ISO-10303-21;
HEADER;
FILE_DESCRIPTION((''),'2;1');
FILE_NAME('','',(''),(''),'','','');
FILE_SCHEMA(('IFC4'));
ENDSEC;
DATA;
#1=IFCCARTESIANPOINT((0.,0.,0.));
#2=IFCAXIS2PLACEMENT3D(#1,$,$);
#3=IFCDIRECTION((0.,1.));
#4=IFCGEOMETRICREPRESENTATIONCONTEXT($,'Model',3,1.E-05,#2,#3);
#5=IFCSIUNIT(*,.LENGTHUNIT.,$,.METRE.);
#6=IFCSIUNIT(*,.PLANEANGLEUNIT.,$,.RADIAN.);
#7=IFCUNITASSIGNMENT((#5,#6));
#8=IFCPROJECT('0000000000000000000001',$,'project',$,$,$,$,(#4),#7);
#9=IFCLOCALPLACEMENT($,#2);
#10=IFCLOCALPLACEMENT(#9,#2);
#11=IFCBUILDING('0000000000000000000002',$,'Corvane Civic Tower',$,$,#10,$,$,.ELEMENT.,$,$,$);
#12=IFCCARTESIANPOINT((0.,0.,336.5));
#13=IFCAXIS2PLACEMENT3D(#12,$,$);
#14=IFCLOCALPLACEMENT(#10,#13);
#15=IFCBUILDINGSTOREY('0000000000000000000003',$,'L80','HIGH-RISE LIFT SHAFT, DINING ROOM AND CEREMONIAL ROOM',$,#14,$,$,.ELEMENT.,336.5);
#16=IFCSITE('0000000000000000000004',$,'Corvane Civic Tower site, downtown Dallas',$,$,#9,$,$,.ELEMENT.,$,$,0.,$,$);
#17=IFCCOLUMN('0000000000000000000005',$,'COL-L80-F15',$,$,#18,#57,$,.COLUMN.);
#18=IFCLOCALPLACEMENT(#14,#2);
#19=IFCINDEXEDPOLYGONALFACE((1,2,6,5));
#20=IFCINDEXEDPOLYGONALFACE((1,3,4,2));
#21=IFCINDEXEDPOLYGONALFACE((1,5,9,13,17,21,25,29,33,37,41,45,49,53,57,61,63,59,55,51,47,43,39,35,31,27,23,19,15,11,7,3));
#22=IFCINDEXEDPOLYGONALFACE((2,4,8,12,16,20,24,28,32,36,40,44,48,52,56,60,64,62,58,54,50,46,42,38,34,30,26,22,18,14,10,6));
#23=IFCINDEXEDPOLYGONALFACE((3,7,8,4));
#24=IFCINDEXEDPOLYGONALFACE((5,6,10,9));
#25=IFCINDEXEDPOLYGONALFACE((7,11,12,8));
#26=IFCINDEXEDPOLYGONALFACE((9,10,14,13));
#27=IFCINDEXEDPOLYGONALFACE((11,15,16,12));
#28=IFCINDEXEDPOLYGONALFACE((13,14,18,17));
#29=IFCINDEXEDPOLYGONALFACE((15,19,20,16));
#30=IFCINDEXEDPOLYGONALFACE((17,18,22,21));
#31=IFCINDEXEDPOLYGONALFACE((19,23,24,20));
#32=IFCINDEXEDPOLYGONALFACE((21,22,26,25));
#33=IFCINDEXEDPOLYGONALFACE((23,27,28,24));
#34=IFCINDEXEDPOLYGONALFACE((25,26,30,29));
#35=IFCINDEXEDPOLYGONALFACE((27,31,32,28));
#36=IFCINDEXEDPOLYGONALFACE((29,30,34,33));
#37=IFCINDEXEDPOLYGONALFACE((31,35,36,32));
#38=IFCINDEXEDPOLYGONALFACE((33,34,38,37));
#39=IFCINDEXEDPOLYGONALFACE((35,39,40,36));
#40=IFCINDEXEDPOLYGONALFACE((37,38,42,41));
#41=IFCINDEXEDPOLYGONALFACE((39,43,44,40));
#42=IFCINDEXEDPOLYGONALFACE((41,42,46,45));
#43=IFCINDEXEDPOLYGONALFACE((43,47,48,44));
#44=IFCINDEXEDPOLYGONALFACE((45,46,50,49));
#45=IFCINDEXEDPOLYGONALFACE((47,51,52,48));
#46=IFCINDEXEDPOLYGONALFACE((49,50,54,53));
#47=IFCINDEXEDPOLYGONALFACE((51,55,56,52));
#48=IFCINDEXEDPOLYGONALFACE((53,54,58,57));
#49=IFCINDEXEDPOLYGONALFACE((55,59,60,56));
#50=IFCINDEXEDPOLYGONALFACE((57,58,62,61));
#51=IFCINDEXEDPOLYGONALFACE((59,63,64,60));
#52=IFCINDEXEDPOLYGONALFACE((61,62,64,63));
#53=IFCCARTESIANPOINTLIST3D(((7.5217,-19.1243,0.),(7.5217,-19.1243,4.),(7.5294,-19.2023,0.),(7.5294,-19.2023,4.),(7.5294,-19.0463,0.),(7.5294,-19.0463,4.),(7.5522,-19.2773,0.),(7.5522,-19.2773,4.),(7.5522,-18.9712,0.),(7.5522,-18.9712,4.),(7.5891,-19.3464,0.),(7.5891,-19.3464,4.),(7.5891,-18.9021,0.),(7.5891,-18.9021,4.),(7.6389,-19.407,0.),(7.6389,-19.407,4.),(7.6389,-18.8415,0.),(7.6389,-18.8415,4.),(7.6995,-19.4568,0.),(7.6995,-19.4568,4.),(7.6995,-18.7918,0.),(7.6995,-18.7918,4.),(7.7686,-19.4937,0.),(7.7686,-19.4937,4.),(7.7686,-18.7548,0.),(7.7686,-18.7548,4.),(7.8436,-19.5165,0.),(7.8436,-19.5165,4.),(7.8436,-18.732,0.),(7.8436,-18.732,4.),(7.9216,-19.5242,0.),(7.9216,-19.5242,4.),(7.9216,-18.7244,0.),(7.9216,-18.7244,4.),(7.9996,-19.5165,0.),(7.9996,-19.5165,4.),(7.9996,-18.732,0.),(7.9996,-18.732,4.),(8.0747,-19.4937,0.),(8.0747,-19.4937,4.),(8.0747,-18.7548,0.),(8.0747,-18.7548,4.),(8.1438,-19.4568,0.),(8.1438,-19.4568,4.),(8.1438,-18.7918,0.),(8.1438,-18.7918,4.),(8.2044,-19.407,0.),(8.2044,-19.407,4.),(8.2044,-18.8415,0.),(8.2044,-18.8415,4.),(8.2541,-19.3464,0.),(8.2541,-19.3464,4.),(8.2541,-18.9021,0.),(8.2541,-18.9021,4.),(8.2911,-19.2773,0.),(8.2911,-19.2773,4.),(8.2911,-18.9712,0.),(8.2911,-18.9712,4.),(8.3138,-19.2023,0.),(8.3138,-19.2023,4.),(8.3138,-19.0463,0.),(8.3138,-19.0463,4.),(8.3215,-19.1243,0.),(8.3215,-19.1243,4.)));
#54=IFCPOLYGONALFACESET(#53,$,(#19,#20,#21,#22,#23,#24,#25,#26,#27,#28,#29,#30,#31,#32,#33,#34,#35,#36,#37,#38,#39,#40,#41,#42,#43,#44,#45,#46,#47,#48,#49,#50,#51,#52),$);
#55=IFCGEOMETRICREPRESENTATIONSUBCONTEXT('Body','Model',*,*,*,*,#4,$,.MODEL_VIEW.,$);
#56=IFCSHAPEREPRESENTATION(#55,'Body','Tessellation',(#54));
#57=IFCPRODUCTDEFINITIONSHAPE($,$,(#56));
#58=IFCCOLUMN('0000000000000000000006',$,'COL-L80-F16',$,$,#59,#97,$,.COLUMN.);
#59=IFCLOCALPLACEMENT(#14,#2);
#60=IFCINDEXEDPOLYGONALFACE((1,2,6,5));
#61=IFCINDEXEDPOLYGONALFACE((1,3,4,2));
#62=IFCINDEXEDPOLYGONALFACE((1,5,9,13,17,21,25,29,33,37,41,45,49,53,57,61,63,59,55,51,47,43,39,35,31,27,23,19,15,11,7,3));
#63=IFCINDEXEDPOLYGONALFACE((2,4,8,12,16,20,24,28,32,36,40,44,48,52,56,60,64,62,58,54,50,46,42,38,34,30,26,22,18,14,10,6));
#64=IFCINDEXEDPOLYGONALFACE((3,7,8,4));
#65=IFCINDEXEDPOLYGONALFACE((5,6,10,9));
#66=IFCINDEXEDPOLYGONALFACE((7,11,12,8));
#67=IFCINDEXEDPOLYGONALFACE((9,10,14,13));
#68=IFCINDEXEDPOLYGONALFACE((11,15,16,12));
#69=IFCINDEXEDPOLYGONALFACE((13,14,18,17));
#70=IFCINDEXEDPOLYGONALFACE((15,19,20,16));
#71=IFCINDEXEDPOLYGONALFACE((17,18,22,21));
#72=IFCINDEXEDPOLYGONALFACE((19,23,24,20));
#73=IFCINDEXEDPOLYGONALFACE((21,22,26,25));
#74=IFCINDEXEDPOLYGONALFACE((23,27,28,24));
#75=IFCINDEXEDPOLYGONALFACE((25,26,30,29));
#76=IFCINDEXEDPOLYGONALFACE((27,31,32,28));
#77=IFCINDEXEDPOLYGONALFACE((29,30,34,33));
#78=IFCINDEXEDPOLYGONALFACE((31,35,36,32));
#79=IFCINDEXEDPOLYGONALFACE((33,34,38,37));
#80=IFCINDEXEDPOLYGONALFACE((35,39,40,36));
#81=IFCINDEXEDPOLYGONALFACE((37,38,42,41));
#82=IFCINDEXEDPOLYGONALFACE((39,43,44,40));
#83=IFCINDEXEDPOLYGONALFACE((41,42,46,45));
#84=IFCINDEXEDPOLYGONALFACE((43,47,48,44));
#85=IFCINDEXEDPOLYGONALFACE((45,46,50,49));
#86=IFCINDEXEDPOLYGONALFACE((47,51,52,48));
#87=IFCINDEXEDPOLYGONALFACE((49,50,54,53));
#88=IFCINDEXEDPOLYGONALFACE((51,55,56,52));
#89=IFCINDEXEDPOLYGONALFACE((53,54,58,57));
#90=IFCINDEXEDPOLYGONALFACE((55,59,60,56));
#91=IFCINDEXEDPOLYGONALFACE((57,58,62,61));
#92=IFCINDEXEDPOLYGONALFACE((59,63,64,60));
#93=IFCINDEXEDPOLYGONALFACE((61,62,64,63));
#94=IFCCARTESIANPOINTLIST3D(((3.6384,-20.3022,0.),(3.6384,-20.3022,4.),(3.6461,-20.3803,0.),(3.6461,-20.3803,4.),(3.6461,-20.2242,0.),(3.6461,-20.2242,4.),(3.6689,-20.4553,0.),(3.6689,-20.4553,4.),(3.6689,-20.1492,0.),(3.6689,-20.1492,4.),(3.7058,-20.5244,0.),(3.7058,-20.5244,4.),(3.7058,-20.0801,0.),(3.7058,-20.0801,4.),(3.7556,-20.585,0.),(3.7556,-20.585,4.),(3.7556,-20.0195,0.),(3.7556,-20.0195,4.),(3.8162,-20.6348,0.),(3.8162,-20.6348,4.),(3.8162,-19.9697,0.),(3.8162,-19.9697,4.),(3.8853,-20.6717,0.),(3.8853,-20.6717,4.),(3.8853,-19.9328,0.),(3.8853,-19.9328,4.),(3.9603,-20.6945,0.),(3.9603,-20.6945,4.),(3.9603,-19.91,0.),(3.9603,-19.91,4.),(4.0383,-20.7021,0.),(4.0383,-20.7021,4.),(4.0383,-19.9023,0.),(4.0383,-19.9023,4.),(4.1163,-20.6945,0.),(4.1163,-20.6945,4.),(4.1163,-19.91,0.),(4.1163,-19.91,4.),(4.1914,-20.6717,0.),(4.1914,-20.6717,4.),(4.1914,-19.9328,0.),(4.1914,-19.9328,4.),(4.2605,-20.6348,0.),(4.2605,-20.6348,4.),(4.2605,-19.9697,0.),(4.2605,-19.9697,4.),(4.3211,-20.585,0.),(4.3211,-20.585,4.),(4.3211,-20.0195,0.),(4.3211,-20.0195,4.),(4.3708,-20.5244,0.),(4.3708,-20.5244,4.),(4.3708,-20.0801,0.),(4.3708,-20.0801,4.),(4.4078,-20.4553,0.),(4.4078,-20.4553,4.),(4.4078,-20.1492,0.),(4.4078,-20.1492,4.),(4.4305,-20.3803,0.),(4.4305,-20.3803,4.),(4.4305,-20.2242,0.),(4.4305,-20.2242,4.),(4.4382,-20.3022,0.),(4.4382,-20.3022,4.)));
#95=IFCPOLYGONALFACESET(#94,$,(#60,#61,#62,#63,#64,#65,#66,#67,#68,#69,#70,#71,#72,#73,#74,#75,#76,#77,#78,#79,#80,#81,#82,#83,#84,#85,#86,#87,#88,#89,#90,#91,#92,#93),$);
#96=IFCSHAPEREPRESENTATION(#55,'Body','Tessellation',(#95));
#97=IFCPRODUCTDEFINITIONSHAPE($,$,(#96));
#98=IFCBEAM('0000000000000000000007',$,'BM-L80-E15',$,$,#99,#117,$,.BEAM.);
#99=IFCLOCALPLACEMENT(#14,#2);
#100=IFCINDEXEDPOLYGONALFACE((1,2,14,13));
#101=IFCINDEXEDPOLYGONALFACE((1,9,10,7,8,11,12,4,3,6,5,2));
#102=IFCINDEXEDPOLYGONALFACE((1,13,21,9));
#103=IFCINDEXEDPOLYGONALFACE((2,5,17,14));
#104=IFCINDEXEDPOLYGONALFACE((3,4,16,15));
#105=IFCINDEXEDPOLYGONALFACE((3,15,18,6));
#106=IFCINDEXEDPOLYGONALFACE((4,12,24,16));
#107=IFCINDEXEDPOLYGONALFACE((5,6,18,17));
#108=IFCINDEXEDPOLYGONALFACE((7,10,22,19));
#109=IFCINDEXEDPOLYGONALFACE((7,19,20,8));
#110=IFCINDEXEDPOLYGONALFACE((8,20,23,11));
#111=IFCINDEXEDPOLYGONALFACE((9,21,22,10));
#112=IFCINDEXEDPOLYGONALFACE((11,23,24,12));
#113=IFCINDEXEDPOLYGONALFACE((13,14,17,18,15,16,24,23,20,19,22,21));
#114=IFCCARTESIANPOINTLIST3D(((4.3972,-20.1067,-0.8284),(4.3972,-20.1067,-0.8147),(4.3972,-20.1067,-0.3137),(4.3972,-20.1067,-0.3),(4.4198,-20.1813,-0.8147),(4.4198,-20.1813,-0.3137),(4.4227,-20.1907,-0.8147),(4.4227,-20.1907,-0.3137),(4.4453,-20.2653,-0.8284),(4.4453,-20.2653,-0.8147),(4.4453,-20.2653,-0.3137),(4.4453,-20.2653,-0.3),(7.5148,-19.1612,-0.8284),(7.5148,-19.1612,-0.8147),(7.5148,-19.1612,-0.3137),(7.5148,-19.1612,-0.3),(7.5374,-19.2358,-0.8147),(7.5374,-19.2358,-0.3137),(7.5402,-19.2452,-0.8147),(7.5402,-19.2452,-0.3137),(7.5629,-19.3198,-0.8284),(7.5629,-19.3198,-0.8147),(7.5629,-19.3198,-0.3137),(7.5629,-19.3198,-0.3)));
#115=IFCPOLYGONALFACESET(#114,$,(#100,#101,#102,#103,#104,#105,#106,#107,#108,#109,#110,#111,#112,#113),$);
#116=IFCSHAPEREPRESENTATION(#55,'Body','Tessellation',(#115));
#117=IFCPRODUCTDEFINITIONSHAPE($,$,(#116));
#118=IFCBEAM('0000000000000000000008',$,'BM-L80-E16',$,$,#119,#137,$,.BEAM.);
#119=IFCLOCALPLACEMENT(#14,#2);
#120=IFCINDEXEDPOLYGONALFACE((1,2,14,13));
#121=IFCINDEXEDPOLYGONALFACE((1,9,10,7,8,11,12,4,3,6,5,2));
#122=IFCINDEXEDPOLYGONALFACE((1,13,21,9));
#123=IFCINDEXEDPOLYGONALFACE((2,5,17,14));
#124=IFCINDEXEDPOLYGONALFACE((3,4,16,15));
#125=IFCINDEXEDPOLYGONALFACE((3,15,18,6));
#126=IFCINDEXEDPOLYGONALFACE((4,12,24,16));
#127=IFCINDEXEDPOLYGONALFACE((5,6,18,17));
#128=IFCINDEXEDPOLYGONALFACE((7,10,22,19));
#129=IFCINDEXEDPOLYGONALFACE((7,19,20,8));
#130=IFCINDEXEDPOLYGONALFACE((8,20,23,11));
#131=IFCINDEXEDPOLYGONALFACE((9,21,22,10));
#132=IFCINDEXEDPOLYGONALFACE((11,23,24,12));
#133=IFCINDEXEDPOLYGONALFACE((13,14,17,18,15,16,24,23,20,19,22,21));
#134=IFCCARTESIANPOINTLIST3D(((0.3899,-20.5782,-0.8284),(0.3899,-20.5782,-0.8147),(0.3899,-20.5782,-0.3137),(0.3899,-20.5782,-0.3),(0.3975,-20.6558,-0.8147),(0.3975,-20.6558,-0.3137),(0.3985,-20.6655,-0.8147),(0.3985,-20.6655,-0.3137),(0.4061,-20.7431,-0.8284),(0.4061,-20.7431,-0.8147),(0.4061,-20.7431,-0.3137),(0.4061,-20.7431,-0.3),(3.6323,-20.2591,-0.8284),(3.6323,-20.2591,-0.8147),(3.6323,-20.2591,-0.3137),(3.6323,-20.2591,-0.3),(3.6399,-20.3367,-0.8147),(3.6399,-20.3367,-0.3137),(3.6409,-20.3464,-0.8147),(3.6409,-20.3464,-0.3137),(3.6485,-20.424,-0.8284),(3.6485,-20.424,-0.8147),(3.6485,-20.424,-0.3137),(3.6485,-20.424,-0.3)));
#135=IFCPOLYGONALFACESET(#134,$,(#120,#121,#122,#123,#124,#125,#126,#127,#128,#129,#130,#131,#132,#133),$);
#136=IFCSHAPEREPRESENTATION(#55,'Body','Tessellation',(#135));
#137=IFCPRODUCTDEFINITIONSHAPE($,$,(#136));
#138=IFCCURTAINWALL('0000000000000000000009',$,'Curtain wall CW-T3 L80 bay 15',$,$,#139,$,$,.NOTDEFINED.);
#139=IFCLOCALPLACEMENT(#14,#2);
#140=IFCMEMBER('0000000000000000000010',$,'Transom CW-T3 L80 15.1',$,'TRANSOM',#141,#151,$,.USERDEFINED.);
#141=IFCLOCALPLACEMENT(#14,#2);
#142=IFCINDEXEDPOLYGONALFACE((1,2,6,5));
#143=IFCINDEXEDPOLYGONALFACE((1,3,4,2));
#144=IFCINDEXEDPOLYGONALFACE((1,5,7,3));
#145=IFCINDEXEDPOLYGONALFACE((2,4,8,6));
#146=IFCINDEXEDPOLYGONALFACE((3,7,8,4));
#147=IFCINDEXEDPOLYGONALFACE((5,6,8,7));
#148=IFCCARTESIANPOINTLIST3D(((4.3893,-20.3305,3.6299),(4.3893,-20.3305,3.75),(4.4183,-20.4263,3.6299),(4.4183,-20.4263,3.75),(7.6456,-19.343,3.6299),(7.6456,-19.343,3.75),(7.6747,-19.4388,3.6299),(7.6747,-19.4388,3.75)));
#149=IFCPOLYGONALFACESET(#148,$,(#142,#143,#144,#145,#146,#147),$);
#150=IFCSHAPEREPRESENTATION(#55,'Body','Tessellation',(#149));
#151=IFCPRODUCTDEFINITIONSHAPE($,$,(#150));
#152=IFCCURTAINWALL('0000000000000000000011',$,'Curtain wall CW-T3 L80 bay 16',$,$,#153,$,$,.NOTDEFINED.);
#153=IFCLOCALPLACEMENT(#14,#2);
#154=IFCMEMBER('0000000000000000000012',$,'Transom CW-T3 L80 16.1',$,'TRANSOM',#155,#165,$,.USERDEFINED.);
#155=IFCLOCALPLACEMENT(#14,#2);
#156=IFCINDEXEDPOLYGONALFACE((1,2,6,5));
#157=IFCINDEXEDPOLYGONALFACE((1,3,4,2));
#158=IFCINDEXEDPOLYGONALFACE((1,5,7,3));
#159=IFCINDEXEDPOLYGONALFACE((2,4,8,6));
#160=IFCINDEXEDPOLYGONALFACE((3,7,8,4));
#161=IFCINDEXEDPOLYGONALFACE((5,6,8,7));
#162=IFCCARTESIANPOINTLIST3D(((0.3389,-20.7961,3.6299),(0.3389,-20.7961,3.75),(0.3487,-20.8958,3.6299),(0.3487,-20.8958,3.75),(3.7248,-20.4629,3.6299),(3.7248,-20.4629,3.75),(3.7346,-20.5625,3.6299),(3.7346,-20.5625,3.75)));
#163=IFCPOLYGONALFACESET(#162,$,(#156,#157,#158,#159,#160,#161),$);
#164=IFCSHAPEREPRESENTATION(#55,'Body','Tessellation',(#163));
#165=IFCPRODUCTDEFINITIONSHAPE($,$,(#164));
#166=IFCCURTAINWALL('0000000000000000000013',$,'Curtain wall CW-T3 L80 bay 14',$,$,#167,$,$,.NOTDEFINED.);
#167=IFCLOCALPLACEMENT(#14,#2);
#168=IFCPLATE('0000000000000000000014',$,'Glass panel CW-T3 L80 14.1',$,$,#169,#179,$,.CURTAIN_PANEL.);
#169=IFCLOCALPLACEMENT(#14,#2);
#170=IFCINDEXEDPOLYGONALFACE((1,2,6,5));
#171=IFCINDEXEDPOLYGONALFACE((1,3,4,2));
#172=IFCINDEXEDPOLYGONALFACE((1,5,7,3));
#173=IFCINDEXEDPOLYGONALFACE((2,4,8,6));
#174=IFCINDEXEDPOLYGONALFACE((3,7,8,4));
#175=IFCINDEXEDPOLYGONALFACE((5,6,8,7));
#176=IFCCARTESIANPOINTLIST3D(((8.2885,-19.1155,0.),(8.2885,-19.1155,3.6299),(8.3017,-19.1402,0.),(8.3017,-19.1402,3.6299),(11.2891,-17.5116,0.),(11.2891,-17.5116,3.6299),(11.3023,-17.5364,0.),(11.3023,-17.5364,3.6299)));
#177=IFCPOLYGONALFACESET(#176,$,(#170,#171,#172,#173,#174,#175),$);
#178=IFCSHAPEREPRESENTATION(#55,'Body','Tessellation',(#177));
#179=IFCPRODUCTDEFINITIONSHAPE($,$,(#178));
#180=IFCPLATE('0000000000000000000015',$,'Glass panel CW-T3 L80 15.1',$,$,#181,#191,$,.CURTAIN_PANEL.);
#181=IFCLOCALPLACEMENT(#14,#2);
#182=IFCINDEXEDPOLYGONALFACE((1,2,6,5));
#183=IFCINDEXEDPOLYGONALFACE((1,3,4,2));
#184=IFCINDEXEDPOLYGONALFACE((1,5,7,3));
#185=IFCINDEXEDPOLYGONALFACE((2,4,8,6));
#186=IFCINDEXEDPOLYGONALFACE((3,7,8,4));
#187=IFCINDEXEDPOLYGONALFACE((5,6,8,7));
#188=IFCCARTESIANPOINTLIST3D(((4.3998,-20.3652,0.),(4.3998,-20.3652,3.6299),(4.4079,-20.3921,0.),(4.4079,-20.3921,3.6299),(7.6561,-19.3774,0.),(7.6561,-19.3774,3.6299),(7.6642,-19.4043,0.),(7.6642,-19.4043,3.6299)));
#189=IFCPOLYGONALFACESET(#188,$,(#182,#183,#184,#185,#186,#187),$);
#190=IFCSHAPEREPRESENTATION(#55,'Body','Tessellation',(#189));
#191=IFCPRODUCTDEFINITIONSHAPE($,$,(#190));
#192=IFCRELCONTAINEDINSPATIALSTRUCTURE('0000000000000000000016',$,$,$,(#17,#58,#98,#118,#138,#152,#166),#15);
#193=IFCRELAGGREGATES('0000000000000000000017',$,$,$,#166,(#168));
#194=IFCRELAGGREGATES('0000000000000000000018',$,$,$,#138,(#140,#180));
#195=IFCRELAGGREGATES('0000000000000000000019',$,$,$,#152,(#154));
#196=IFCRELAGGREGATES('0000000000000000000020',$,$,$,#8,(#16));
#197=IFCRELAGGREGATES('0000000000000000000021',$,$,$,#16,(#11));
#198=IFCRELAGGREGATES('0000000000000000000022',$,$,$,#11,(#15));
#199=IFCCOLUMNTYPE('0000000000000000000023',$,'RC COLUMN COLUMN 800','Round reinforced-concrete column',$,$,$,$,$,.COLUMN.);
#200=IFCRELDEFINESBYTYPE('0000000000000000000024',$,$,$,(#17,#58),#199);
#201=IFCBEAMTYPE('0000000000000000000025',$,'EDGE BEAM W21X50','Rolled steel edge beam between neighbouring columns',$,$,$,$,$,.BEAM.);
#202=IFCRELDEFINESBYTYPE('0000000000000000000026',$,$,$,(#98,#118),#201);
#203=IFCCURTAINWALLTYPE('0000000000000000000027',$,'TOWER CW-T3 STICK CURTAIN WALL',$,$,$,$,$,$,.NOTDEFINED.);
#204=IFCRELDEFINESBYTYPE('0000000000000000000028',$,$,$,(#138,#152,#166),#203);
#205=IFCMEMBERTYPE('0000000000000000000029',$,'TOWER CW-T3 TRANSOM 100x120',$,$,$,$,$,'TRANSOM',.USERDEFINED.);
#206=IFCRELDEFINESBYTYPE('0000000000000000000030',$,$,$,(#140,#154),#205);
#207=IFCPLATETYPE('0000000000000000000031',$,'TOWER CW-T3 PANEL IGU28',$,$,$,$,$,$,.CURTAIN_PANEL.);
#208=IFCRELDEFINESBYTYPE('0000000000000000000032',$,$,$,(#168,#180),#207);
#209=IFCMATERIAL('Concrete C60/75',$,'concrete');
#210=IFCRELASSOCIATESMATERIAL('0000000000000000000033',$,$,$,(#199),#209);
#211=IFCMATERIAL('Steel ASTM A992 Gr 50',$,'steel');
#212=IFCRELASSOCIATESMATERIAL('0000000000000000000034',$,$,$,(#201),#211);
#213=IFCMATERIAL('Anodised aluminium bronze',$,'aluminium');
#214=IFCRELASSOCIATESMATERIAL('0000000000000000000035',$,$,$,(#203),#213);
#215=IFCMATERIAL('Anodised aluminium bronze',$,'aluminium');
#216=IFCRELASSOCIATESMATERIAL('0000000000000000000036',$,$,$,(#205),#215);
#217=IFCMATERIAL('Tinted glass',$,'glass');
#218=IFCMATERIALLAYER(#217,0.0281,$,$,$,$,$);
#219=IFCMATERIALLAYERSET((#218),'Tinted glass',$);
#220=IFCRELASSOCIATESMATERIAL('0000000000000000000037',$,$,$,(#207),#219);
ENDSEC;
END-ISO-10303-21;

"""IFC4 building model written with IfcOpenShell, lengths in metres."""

from ifc_helpers import new_model, si_unit, direction, frame, origin, origin_2d, place, context, subcontext, project, spatial, rectangle, circle, i_section, extrude, material, layer, layer_set, material_profile, profile_set, type_object, element, aggregate, save


model = new_model("IFC4")

# Units and contexts
model_context = context("Model", 3, precision=1e-05, world=origin(), true_north=direction((0.0, 1.0)))
body_context = subcontext(model_context, "Body", "Model", "MODEL_VIEW")
ifc_project = project(units=[si_unit("LENGTHUNIT", "METRE"), si_unit("PLANEANGLEUNIT", "RADIAN")], contexts=[model_context])

# Site, building, storey
site_placement = place(None, origin())
site = spatial("IfcSite", under=ifc_project, at=site_placement, Name="Corvane Civic Tower site, downtown Dallas", CompositionType="ELEMENT", RefElevation=0.0)
building_placement = place(site_placement, origin())
building = spatial("IfcBuilding", under=site, at=building_placement, Name="Corvane Civic Tower", CompositionType="ELEMENT")
storey_placement = place(building_placement, frame((0.0, 0.0, 336.5)))
storey = spatial("IfcBuildingStorey", under=building, at=storey_placement, Name="L80", Description="HIGH-RISE LIFT SHAFT, DINING ROOM AND CEREMONIAL ROOM", CompositionType="ELEMENT", Elevation=336.5)

# Columns
ifc_material_1 = material(Name="Concrete C60/75", Category="concrete")
ifc_material_profile_1 = material_profile(ifc_material_1, circle(Radius=0.3999, at=origin_2d()), Name="COLUMN 800")
ifc_profile_set_1 = profile_set([ifc_material_profile_1], Name="Concrete C60/75")
column_type = type_object("IfcColumnType", Name="RC COLUMN COLUMN 800", Description="Round reinforced-concrete column", PredefinedType="COLUMN", material=ifc_profile_set_1)
for number, where, z_axis, x_axis, name in (
    (1, (7.9216, -19.1243, 0.0), (0.0, 0.0, 1.0), (1.0, 0.0, 0.0), "COL-L80-F15"),
    (2, (4.0383, -20.3022, 0.0), (0.0, 0.0, 1.0), (1.0, 0.0, 0.0), "COL-L80-F16"),
):
    element("IfcColumn", number, at=place(storey_placement, frame(where, z_axis=z_axis, x_axis=x_axis)), inside=storey, type_object=column_type, Name=name, PredefinedType="COLUMN", context=body_context, shape_type="SweptSolid", body=[
        extrude(circle(Radius=0.3999, at=origin_2d()), origin(), (0.0, 0.0, 1.0), 4.0),
    ])

# Beams
ifc_material_2 = material(Name="Steel ASTM A992 Gr 50", Category="steel")
ifc_material_profile_2 = material_profile(ifc_material_2, i_section(OverallWidth=0.1658, OverallDepth=0.5283, WebThickness=0.0098, FlangeThickness=0.0137, at=origin_2d()), Name="W21X50")
ifc_profile_set_2 = profile_set([ifc_material_profile_2], Name="Steel ASTM A992 Gr 50")
beam_type = type_object("IfcBeamType", Name="EDGE BEAM W21X50", Description="Rolled steel edge beam between neighbouring columns", PredefinedType="BEAM", material=ifc_profile_set_2)
beam_1_placement = place(storey_placement, frame((7.5388, -19.2405, -0.5642), z_axis=(-0.956956, -0.290234, 0.0), x_axis=(0.290234, -0.956956, 0.0)))
element("IfcBeam", 3, at=beam_1_placement, inside=storey, type_object=beam_type, Name="BM-L80-E15", PredefinedType="BEAM", context=body_context, shape_type="SweptSolid", body=[
    extrude(i_section(OverallWidth=0.1658, OverallDepth=0.5283, WebThickness=0.0098, FlangeThickness=0.0137, at=origin_2d()), origin(), (0.0, 0.0, 1.0), 3.2578),
])
beam_2_placement = place(storey_placement, frame((3.6404, -20.3416, -0.5642), z_axis=(-0.995193, -0.097938, 0.0), x_axis=(0.097938, -0.995193, 0.0)))
element("IfcBeam", 4, at=beam_2_placement, inside=storey, type_object=beam_type, Name="BM-L80-E16", PredefinedType="BEAM", context=body_context, shape_type="SweptSolid", body=[
    extrude(i_section(OverallWidth=0.1658, OverallDepth=0.5283, WebThickness=0.0098, FlangeThickness=0.0137, at=origin_2d()), origin(), (0.0, 0.0, 1.0), 3.2581),
])

# Curtain walls, members
ifc_material_3 = material(Name="Anodised aluminium bronze", Category="aluminium")
curtain_wall_type = type_object("IfcCurtainWallType", Name="TOWER CW-T3 STICK CURTAIN WALL", PredefinedType="NOTDEFINED", material=ifc_material_3)
curtain_wall_1_placement = place(storey_placement, origin())
curtain_wall_1 = element("IfcCurtainWall", 5, at=curtain_wall_1_placement, inside=storey, type_object=curtain_wall_type, Name="Curtain wall CW-T3 L80 bay 15", PredefinedType="NOTDEFINED")
ifc_material_4 = material(Name="Anodised aluminium bronze", Category="aluminium")
ifc_material_profile_3 = material_profile(ifc_material_4, rectangle(XDim=0.1001, YDim=0.1201, at=origin_2d()), Name="TOWER CW-T3 TRANSOM 100x120")
ifc_profile_set_3 = profile_set([ifc_material_profile_3], Name="Anodised aluminium bronze")
member_type = type_object("IfcMemberType", Name="TOWER CW-T3 TRANSOM 100x120", ElementType="TRANSOM", PredefinedType="USERDEFINED", material=ifc_profile_set_3)
member_1_placement = place(storey_placement, frame((7.6602, -19.3909, 3.6899), z_axis=(-0.956961, -0.290216, 0.0), x_axis=(0.290216, -0.956961, 0.0)))
member_1 = element("IfcMember", 6, at=member_1_placement, type_object=member_type, Name="Transom CW-T3 L80 15.1", ObjectType="TRANSOM", PredefinedType="USERDEFINED", context=body_context, shape_type="SweptSolid", body=[
    extrude(rectangle(XDim=0.1001, YDim=0.1201, at=origin_2d()), origin(), (0.0, 0.0, 1.0), 3.4028),
])
curtain_wall_2_placement = place(storey_placement, origin())
curtain_wall_2 = element("IfcCurtainWall", 7, at=curtain_wall_2_placement, inside=storey, type_object=curtain_wall_type, Name="Curtain wall CW-T3 L80 bay 16", PredefinedType="NOTDEFINED")
member_2_placement = place(storey_placement, frame((3.7297, -20.5127, 3.6899), z_axis=(-0.995192, -0.097948, 0.0), x_axis=(0.097948, -0.995192, 0.0)))
member_2 = element("IfcMember", 8, at=member_2_placement, type_object=member_type, Name="Transom CW-T3 L80 16.1", ObjectType="TRANSOM", PredefinedType="USERDEFINED", context=body_context, shape_type="SweptSolid", body=[
    extrude(rectangle(XDim=0.1001, YDim=0.1201, at=origin_2d()), origin(), (0.0, 0.0, 1.0), 3.4023),
])

# Curtain wall, plate
curtain_wall_3_placement = place(storey_placement, origin())
curtain_wall_3 = element("IfcCurtainWall", 9, at=curtain_wall_3_placement, inside=storey, type_object=curtain_wall_type, Name="Curtain wall CW-T3 L80 bay 14", PredefinedType="NOTDEFINED")
ifc_material_5 = material(Name="Tinted glass", Category="glass")
ifc_layer_1 = layer(ifc_material_5, 0.0281)
ifc_layer_set_1 = layer_set([ifc_layer_1], Name="Tinted glass")
plate_type = type_object("IfcPlateType", Name="TOWER CW-T3 PANEL IGU28", PredefinedType="CURTAIN_PANEL", material=ifc_layer_set_1)
plate_1_placement = place(storey_placement, frame((9.7954, -18.3259, 0.0), z_axis=(0.0, 0.0, 1.0), x_axis=(-0.881928, -0.471384, 0.0)))
plate_1 = element("IfcPlate", 10, at=plate_1_placement, type_object=plate_type, Name="Glass panel CW-T3 L80 14.1", PredefinedType="CURTAIN_PANEL", context=body_context, shape_type="SweptSolid", body=[
    extrude(rectangle(XDim=3.4023, YDim=0.0281, at=origin_2d()), origin(), (0.0, 0.0, 1.0), 3.6299),
])
aggregate(curtain_wall_3, [plate_1])

# Plate
plate_2_placement = place(storey_placement, frame((6.032, -19.8848, 0.0), z_axis=(0.0, 0.0, 1.0), x_axis=(-0.956939, -0.29029, 0.0)))
plate_2 = element("IfcPlate", 11, at=plate_2_placement, type_object=plate_type, Name="Glass panel CW-T3 L80 15.1", PredefinedType="CURTAIN_PANEL", context=body_context, shape_type="SweptSolid", body=[
    extrude(rectangle(XDim=3.4028, YDim=0.0281, at=origin_2d()), origin(), (0.0, 0.0, 1.0), 3.6299),
])
aggregate(curtain_wall_1, [member_1, plate_2])
aggregate(curtain_wall_2, [member_2])

save(model, "model.ifc")
